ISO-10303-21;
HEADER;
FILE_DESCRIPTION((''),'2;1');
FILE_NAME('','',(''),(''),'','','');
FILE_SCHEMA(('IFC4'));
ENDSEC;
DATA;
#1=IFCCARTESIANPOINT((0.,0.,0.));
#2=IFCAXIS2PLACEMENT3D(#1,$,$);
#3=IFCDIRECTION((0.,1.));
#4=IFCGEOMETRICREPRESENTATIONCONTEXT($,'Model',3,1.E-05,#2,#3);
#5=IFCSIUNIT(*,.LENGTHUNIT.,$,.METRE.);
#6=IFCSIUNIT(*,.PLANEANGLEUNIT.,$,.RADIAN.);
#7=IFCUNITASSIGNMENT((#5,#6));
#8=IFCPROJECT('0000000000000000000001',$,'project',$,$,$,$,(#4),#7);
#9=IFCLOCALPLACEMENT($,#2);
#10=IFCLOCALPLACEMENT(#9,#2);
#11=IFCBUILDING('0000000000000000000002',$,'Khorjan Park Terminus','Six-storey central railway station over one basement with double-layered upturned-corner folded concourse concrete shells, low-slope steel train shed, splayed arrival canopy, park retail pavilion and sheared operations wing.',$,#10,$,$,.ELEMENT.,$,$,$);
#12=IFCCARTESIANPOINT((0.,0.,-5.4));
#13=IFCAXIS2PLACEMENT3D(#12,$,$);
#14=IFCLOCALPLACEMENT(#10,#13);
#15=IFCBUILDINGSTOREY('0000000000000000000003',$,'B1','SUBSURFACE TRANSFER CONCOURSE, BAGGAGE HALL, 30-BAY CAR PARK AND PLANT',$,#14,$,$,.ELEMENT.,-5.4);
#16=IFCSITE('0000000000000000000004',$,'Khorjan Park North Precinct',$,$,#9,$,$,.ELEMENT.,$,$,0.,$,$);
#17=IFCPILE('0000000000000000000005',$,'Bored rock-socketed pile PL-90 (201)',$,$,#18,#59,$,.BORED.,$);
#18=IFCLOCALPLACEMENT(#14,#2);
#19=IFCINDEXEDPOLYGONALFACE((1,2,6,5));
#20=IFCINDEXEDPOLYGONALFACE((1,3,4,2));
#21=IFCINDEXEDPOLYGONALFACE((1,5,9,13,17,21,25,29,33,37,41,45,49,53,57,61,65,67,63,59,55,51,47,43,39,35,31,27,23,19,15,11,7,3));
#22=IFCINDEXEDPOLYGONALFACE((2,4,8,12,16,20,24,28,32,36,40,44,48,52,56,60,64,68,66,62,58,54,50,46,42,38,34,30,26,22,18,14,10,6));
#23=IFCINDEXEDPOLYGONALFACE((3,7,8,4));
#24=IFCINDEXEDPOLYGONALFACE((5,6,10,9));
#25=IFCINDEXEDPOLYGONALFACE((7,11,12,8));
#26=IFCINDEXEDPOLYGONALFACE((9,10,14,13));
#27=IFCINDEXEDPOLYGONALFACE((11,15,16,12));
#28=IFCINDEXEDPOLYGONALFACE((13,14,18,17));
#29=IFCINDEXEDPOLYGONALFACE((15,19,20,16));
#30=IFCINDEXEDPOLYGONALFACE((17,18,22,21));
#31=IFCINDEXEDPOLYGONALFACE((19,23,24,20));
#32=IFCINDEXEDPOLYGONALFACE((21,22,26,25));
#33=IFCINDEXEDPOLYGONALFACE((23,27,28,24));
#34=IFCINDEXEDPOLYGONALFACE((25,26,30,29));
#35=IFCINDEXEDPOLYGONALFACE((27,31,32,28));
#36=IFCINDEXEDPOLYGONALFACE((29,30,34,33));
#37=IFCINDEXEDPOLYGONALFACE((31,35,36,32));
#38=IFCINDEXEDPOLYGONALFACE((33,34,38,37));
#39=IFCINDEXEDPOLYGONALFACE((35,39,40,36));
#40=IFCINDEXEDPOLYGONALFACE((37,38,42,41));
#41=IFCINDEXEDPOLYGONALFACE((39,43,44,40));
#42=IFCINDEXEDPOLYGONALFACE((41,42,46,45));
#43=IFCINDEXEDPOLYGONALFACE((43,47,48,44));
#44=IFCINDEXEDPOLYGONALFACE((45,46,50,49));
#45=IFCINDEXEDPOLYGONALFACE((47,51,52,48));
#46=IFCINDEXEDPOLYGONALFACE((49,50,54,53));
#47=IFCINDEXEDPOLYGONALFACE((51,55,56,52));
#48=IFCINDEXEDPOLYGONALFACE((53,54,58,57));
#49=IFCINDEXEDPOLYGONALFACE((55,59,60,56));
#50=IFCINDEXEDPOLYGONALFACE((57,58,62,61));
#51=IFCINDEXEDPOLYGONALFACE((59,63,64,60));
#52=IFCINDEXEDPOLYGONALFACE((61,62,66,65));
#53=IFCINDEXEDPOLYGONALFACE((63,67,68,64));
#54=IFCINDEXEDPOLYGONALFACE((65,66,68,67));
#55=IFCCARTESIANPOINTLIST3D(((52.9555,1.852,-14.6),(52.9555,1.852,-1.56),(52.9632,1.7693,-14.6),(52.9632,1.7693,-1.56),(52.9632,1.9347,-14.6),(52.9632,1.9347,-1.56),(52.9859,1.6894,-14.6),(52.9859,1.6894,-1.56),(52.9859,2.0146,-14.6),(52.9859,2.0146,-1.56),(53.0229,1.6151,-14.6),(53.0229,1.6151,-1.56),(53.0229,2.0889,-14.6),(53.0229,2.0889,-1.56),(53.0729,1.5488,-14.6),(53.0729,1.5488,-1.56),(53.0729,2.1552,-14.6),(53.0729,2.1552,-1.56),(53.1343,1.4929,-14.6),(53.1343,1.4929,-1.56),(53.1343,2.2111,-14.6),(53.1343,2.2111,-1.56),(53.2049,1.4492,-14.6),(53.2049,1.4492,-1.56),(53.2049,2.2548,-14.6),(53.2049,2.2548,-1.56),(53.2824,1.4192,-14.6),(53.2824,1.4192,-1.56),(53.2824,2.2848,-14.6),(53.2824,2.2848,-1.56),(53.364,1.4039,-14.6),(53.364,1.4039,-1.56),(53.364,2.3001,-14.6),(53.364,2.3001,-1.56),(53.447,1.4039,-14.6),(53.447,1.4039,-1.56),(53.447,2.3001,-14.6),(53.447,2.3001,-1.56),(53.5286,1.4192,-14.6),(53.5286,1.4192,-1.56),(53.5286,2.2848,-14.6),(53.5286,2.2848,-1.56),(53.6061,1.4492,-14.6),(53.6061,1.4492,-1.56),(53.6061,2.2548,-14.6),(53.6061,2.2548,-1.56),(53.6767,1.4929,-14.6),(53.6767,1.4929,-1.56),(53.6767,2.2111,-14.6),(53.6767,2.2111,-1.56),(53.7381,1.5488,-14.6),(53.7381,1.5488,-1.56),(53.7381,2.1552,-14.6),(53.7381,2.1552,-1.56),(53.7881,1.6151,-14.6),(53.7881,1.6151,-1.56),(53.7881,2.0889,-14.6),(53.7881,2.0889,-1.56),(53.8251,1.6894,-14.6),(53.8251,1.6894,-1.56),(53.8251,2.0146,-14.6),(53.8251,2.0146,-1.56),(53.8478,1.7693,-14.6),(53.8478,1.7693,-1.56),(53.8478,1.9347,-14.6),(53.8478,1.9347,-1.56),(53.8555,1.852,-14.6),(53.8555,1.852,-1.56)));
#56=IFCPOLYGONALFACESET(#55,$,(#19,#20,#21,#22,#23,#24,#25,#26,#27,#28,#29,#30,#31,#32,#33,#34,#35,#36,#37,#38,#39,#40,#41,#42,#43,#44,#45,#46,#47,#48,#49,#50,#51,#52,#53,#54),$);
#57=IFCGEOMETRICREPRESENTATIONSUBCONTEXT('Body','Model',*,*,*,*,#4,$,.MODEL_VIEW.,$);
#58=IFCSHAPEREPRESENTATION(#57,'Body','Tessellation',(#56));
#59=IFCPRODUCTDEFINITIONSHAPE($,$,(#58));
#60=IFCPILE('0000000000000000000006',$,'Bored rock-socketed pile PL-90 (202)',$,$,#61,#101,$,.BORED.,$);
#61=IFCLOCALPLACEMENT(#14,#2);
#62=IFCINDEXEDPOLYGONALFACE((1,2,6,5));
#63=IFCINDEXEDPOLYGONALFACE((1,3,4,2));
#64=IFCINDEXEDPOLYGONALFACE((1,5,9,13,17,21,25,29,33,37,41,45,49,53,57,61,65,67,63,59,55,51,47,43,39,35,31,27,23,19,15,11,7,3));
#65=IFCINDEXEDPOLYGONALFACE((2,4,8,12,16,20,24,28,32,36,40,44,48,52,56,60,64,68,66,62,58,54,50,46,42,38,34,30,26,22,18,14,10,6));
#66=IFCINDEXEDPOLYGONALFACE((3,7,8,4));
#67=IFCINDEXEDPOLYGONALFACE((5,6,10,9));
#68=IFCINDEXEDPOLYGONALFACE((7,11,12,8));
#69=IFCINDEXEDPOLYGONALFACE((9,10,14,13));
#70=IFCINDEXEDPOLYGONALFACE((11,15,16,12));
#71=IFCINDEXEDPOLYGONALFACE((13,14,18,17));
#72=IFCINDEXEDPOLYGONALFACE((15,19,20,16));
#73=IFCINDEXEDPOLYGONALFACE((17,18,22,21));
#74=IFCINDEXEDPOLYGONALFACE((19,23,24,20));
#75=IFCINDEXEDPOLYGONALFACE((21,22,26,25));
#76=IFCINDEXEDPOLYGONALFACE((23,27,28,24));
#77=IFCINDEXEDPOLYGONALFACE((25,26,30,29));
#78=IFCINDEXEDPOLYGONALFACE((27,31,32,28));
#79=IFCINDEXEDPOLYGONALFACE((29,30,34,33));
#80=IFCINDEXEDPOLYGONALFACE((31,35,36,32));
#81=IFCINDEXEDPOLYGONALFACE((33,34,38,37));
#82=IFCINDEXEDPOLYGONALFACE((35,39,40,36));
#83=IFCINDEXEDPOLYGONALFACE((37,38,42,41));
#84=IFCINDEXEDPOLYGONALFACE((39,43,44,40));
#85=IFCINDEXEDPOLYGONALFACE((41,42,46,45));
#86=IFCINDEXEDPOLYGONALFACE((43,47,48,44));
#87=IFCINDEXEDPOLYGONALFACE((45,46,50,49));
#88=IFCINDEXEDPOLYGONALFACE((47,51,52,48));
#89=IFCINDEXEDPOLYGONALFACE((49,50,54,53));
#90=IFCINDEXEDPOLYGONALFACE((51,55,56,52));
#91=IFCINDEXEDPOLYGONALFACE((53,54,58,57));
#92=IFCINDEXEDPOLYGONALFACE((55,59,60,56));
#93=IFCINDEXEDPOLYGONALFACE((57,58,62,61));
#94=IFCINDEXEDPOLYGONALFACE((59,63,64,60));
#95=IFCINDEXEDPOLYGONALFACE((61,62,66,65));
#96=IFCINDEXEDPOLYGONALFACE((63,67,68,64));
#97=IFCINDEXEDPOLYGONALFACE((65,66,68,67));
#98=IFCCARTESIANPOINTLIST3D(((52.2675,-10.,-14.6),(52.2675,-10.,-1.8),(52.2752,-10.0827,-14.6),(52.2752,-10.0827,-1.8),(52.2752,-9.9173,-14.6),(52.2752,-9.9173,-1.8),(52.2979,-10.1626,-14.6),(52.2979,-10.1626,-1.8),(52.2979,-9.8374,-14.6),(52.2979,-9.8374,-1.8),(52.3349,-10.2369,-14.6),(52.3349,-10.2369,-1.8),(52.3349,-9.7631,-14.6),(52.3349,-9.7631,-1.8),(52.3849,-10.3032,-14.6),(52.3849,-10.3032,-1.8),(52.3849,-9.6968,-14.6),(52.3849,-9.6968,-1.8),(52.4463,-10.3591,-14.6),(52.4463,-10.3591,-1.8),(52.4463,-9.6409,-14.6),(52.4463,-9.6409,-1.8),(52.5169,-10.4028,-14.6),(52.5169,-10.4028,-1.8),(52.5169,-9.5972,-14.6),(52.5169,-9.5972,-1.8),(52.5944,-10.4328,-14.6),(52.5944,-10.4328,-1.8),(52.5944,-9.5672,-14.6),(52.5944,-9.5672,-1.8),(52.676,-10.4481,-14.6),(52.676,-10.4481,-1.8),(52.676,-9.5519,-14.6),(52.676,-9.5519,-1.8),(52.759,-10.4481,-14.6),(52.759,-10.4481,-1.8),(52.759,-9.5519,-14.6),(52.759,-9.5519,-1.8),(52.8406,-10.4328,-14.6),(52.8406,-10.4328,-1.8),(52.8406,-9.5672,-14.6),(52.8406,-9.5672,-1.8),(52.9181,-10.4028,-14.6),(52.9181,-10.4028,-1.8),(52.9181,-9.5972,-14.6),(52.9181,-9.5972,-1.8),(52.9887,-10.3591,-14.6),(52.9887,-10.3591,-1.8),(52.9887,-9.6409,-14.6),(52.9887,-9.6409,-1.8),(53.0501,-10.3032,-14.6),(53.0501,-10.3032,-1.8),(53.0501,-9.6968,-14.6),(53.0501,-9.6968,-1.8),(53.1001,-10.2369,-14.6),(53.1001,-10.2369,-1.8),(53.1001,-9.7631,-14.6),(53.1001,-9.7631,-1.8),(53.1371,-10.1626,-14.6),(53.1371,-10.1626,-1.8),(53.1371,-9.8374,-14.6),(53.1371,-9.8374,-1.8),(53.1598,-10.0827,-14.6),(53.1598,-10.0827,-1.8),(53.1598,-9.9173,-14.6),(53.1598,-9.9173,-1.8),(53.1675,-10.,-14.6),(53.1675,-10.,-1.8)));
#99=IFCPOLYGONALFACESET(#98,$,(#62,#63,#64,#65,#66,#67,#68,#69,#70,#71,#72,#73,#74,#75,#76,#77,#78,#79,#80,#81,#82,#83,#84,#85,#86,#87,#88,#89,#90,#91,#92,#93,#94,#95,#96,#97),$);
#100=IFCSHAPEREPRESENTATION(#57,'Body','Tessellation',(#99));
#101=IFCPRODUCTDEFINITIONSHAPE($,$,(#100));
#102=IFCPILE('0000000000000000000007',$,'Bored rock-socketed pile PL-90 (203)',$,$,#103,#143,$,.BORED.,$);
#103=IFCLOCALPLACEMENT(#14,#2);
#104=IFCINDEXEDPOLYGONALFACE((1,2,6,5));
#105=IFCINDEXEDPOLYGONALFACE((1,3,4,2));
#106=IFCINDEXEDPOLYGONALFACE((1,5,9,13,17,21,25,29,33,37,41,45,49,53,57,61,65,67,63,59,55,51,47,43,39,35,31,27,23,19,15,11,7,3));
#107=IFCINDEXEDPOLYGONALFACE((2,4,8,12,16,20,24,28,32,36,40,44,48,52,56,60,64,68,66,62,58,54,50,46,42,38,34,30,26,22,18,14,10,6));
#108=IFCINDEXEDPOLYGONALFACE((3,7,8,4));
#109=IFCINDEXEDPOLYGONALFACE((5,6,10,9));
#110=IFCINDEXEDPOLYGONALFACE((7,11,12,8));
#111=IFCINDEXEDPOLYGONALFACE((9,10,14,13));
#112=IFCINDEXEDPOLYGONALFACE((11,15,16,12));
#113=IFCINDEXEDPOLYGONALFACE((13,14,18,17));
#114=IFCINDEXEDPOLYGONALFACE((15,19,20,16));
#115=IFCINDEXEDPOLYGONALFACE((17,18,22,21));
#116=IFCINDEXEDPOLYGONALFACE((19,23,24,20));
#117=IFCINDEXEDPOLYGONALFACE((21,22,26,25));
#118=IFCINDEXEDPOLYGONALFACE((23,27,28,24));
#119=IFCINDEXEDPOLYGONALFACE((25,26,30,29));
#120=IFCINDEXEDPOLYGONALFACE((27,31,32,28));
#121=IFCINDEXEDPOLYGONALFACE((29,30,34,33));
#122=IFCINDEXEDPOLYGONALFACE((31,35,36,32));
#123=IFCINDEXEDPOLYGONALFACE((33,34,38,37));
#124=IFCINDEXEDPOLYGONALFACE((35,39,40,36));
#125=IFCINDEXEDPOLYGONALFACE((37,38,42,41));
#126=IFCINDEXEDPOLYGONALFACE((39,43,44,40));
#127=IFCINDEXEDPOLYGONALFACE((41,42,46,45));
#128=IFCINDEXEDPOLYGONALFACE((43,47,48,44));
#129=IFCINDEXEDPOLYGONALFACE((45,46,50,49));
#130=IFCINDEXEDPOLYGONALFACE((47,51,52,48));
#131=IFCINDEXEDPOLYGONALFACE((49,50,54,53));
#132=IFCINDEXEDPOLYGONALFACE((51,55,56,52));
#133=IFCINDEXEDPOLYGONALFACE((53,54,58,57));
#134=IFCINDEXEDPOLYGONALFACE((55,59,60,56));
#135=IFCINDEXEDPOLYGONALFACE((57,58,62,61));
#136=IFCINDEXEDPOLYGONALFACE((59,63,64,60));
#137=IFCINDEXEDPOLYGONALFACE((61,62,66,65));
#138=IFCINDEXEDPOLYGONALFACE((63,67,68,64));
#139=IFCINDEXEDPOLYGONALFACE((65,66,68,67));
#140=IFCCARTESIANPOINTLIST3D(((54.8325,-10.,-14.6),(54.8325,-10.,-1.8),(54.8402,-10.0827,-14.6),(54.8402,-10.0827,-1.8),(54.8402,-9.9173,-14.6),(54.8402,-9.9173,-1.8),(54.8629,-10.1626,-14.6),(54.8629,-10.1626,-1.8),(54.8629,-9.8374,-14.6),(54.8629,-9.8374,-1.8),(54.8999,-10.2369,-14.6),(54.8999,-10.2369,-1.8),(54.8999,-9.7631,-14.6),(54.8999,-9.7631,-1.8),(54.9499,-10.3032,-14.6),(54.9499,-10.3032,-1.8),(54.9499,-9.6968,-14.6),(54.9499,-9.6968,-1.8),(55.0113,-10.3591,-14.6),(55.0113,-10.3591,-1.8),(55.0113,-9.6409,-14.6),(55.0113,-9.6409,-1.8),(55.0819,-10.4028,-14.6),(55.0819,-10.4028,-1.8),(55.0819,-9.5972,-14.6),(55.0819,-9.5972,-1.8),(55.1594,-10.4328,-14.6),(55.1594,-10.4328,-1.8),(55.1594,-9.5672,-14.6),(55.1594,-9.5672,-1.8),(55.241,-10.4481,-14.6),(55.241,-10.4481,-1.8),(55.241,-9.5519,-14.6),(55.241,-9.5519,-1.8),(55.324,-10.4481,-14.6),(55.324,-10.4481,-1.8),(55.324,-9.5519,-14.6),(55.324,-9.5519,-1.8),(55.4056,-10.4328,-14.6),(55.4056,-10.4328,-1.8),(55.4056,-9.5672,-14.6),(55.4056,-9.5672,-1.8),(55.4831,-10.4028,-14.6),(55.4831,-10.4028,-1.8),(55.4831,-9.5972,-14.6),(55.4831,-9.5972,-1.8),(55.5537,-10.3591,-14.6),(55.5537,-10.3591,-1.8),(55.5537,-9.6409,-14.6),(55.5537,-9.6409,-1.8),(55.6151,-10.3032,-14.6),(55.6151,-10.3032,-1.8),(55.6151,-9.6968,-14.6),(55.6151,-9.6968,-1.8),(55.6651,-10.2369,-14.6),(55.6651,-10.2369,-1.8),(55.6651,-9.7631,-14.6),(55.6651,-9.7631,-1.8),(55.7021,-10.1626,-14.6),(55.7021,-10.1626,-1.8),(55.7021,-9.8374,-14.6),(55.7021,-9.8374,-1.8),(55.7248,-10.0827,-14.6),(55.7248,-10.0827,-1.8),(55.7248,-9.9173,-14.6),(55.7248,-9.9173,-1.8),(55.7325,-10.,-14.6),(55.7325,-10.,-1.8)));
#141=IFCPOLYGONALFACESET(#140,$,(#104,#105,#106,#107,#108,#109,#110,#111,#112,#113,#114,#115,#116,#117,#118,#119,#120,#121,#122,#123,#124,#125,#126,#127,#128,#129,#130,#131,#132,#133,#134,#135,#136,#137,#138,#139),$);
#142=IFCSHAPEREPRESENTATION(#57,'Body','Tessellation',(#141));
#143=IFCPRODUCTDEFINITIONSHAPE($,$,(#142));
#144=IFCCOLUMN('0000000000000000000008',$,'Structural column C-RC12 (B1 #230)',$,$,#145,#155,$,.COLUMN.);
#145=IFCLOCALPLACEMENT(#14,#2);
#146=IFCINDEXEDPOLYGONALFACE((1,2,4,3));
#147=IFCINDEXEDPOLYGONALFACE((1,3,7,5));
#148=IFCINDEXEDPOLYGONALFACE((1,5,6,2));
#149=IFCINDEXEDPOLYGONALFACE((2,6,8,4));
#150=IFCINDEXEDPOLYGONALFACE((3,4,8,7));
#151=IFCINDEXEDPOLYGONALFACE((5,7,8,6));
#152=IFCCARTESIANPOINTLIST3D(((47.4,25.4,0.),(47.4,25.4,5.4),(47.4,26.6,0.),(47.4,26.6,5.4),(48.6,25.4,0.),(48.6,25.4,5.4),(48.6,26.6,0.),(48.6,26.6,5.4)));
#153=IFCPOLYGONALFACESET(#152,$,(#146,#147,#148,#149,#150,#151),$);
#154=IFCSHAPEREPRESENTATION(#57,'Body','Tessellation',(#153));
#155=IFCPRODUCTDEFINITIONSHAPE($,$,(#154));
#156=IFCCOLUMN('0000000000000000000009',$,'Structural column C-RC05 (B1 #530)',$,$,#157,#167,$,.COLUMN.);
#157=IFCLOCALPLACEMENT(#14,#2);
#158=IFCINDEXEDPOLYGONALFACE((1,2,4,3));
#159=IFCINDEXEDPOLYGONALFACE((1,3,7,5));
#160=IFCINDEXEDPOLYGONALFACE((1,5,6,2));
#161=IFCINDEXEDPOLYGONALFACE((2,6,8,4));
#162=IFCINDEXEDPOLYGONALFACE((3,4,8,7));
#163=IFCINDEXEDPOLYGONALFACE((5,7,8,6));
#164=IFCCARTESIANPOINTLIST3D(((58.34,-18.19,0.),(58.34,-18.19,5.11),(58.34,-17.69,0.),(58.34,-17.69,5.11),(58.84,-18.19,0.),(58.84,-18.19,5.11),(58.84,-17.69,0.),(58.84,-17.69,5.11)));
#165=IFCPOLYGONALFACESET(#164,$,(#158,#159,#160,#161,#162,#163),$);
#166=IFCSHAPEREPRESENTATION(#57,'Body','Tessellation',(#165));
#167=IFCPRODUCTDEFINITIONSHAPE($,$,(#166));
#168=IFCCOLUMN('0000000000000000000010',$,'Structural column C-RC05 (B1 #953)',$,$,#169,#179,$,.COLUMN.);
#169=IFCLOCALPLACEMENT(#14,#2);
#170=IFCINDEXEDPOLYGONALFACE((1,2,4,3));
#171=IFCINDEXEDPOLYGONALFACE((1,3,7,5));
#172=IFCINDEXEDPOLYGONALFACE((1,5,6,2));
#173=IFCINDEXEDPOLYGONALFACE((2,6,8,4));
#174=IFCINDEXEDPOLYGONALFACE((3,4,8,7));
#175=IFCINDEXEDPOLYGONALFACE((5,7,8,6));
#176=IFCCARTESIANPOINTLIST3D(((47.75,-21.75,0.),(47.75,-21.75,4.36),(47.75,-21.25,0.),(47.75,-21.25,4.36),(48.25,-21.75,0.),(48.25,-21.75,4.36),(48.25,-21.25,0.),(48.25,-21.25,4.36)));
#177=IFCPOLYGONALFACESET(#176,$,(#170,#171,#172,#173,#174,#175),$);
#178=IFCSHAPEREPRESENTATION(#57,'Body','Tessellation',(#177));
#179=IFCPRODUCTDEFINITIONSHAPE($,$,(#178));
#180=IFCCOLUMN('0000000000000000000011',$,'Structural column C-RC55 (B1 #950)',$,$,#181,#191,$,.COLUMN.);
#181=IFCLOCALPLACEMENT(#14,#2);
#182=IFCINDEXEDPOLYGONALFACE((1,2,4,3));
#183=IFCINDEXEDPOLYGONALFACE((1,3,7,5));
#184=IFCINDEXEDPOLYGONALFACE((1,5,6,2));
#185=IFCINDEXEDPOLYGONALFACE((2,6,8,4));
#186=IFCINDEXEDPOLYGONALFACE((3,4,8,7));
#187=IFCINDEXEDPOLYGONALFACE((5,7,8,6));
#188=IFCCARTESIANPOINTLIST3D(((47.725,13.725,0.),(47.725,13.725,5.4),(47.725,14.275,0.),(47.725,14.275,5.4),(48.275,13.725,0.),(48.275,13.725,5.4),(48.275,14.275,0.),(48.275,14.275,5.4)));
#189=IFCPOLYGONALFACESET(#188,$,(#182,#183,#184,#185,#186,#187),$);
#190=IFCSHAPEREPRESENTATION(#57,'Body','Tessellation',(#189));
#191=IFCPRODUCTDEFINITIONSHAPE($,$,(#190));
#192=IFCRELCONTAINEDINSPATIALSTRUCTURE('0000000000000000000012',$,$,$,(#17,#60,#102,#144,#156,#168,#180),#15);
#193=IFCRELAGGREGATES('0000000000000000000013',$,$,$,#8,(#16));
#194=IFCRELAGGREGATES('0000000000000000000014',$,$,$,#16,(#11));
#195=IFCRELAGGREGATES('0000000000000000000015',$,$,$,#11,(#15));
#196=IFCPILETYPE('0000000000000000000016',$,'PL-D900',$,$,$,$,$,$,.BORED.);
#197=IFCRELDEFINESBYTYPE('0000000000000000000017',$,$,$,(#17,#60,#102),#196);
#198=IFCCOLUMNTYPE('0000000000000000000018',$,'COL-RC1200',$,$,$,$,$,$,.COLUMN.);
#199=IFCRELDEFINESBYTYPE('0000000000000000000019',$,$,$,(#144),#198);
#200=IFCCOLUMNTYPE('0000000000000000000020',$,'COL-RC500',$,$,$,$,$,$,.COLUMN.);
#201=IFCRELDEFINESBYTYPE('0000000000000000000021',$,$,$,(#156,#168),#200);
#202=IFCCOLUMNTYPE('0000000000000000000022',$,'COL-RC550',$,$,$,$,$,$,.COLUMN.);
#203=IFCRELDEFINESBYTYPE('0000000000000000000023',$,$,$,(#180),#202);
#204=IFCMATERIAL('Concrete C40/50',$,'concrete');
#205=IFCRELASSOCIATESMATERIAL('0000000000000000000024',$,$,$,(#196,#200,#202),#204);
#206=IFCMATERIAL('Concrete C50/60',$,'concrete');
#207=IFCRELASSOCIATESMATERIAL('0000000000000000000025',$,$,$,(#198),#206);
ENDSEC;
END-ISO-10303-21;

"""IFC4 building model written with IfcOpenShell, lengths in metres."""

from ifc_helpers import new_model, si_unit, direction, frame, origin, origin_2d, place, context, subcontext, project, spatial, rectangle, circle, extrude, material, material_profile, profile_set, type_object, element, save


model = new_model("IFC4")

# Units and contexts
model_context = context("Model", 3, precision=1e-05, world=origin(), true_north=direction((0.0, 1.0)))
body_context = subcontext(model_context, "Body", "Model", "MODEL_VIEW")
ifc_project = project(units=[si_unit("LENGTHUNIT", "METRE"), si_unit("PLANEANGLEUNIT", "RADIAN")], contexts=[model_context])

# Site, building, storey
site_placement = place(None, origin())
site = spatial("IfcSite", under=ifc_project, at=site_placement, Name="Khorjan Park North Precinct", CompositionType="ELEMENT", RefElevation=0.0)
building_placement = place(site_placement, origin())
building = spatial("IfcBuilding", under=site, at=building_placement, Name="Khorjan Park Terminus", Description="Six-storey central railway station over one basement with double-layered upturned-corner folded concourse concrete shells, low-slope steel train shed, splayed arrival canopy, park retail pavilion and sheared operations wing.", CompositionType="ELEMENT")
storey_placement = place(building_placement, frame((0.0, 0.0, -5.4)))
storey = spatial("IfcBuildingStorey", under=building, at=storey_placement, Name="B1", Description="SUBSURFACE TRANSFER CONCOURSE, BAGGAGE HALL, 30-BAY CAR PARK AND PLANT", CompositionType="ELEMENT", Elevation=-5.4)

# Shared definitions
ifc_material_1 = material(Name="Concrete C40/50", Category="concrete")

# Piles
ifc_material_profile_1 = material_profile(ifc_material_1, circle(Radius=0.45, at=origin_2d()), Name="BORED D900")
ifc_profile_set_1 = profile_set([ifc_material_profile_1], Name="Concrete C40/50")
pile_type_1 = type_object("IfcPileType", Name="PL-D900", PredefinedType="BORED", material=ifc_profile_set_1)
for number, where, z_axis, x_axis, name in (
    (1, (53.4055, 1.852, -1.56), (0.0, 0.0, -1.0), (1.0, 0.0, 0.0), "Bored rock-socketed pile PL-90 (201)"),
):
    element("IfcPile", number, at=place(storey_placement, frame(where, z_axis=z_axis, x_axis=x_axis)), inside=storey, type_object=pile_type_1, Name=name, PredefinedType="BORED", context=body_context, shape_type="SweptSolid", body=[
        extrude(circle(Radius=0.45, at=origin_2d()), origin(), (0.0, 0.0, 1.0), 13.04),
    ])
for number, where, z_axis, x_axis, name in (
    (2, (52.7175, -10.0, -1.8), (0.0, 0.0, -1.0), (1.0, 0.0, 0.0), "Bored rock-socketed pile PL-90 (202)"),
    (3, (55.2825, -10.0, -1.8), (0.0, 0.0, -1.0), (1.0, 0.0, 0.0), "Bored rock-socketed pile PL-90 (203)"),
):
    element("IfcPile", number, at=place(storey_placement, frame(where, z_axis=z_axis, x_axis=x_axis)), inside=storey, type_object=pile_type_1, Name=name, PredefinedType="BORED", context=body_context, shape_type="SweptSolid", body=[
        extrude(circle(Radius=0.45, at=origin_2d()), origin(), (0.0, 0.0, 1.0), 12.8),
    ])

# Columns
ifc_material_2 = material(Name="Concrete C50/60", Category="concrete")
ifc_material_profile_2 = material_profile(ifc_material_2, rectangle(XDim=1.2, YDim=1.2, at=origin_2d()), Name="RC 1200x1200")
ifc_profile_set_2 = profile_set([ifc_material_profile_2], Name="Concrete C50/60")
column_type_1 = type_object("IfcColumnType", Name="COL-RC1200", PredefinedType="COLUMN", material=ifc_profile_set_2)
column_1_placement = place(storey_placement, frame((48.0, 26.0, 0.0), z_axis=(0.0, 0.0, 1.0), x_axis=(1.0, 0.0, 0.0)))
element("IfcColumn", 4, at=column_1_placement, inside=storey, type_object=column_type_1, Name="Structural column C-RC12 (B1 #230)", PredefinedType="COLUMN", context=body_context, shape_type="SweptSolid", body=[
    extrude(rectangle(XDim=1.2, YDim=1.2, at=origin_2d()), origin(), (0.0, 0.0, 1.0), 5.4),
])
ifc_material_profile_3 = material_profile(ifc_material_1, rectangle(XDim=0.5, YDim=0.5, at=origin_2d()), Name="RC 500x500")
ifc_profile_set_3 = profile_set([ifc_material_profile_3], Name="Concrete C40/50")
column_type_2 = type_object("IfcColumnType", Name="COL-RC500", PredefinedType="COLUMN", material=ifc_profile_set_3)
column_2_placement = place(storey_placement, frame((58.59, -17.94, 0.0), z_axis=(0.0, 0.0, 1.0), x_axis=(1.0, 0.0, 0.0)))
element("IfcColumn", 5, at=column_2_placement, inside=storey, type_object=column_type_2, Name="Structural column C-RC05 (B1 #530)", PredefinedType="COLUMN", context=body_context, shape_type="SweptSolid", body=[
    extrude(rectangle(XDim=0.5, YDim=0.5, at=origin_2d()), origin(), (0.0, 0.0, 1.0), 5.11),
])
column_3_placement = place(storey_placement, frame((48.0, -21.5, 0.0), z_axis=(0.0, 0.0, 1.0), x_axis=(1.0, 0.0, 0.0)))
element("IfcColumn", 6, at=column_3_placement, inside=storey, type_object=column_type_2, Name="Structural column C-RC05 (B1 #953)", PredefinedType="COLUMN", context=body_context, shape_type="SweptSolid", body=[
    extrude(rectangle(XDim=0.5, YDim=0.5, at=origin_2d()), origin(), (0.0, 0.0, 1.0), 4.36),
])
ifc_material_profile_4 = material_profile(ifc_material_1, rectangle(XDim=0.55, YDim=0.55, at=origin_2d()), Name="RC 550x550")
ifc_profile_set_4 = profile_set([ifc_material_profile_4], Name="Concrete C40/50")
column_type_3 = type_object("IfcColumnType", Name="COL-RC550", PredefinedType="COLUMN", material=ifc_profile_set_4)
for number, where, z_axis, x_axis, name in (
    (7, (48.0, 14.0, 0.0), (0.0, 0.0, 1.0), (1.0, 0.0, 0.0), "Structural column C-RC55 (B1 #950)"),
):
    element("IfcColumn", number, at=place(storey_placement, frame(where, z_axis=z_axis, x_axis=x_axis)), inside=storey, type_object=column_type_3, Name=name, PredefinedType="COLUMN", context=body_context, shape_type="SweptSolid", body=[
        extrude(rectangle(XDim=0.55, YDim=0.55, at=origin_2d()), origin(), (0.0, 0.0, 1.0), 5.4),
    ])

save(model, "model.ifc")
